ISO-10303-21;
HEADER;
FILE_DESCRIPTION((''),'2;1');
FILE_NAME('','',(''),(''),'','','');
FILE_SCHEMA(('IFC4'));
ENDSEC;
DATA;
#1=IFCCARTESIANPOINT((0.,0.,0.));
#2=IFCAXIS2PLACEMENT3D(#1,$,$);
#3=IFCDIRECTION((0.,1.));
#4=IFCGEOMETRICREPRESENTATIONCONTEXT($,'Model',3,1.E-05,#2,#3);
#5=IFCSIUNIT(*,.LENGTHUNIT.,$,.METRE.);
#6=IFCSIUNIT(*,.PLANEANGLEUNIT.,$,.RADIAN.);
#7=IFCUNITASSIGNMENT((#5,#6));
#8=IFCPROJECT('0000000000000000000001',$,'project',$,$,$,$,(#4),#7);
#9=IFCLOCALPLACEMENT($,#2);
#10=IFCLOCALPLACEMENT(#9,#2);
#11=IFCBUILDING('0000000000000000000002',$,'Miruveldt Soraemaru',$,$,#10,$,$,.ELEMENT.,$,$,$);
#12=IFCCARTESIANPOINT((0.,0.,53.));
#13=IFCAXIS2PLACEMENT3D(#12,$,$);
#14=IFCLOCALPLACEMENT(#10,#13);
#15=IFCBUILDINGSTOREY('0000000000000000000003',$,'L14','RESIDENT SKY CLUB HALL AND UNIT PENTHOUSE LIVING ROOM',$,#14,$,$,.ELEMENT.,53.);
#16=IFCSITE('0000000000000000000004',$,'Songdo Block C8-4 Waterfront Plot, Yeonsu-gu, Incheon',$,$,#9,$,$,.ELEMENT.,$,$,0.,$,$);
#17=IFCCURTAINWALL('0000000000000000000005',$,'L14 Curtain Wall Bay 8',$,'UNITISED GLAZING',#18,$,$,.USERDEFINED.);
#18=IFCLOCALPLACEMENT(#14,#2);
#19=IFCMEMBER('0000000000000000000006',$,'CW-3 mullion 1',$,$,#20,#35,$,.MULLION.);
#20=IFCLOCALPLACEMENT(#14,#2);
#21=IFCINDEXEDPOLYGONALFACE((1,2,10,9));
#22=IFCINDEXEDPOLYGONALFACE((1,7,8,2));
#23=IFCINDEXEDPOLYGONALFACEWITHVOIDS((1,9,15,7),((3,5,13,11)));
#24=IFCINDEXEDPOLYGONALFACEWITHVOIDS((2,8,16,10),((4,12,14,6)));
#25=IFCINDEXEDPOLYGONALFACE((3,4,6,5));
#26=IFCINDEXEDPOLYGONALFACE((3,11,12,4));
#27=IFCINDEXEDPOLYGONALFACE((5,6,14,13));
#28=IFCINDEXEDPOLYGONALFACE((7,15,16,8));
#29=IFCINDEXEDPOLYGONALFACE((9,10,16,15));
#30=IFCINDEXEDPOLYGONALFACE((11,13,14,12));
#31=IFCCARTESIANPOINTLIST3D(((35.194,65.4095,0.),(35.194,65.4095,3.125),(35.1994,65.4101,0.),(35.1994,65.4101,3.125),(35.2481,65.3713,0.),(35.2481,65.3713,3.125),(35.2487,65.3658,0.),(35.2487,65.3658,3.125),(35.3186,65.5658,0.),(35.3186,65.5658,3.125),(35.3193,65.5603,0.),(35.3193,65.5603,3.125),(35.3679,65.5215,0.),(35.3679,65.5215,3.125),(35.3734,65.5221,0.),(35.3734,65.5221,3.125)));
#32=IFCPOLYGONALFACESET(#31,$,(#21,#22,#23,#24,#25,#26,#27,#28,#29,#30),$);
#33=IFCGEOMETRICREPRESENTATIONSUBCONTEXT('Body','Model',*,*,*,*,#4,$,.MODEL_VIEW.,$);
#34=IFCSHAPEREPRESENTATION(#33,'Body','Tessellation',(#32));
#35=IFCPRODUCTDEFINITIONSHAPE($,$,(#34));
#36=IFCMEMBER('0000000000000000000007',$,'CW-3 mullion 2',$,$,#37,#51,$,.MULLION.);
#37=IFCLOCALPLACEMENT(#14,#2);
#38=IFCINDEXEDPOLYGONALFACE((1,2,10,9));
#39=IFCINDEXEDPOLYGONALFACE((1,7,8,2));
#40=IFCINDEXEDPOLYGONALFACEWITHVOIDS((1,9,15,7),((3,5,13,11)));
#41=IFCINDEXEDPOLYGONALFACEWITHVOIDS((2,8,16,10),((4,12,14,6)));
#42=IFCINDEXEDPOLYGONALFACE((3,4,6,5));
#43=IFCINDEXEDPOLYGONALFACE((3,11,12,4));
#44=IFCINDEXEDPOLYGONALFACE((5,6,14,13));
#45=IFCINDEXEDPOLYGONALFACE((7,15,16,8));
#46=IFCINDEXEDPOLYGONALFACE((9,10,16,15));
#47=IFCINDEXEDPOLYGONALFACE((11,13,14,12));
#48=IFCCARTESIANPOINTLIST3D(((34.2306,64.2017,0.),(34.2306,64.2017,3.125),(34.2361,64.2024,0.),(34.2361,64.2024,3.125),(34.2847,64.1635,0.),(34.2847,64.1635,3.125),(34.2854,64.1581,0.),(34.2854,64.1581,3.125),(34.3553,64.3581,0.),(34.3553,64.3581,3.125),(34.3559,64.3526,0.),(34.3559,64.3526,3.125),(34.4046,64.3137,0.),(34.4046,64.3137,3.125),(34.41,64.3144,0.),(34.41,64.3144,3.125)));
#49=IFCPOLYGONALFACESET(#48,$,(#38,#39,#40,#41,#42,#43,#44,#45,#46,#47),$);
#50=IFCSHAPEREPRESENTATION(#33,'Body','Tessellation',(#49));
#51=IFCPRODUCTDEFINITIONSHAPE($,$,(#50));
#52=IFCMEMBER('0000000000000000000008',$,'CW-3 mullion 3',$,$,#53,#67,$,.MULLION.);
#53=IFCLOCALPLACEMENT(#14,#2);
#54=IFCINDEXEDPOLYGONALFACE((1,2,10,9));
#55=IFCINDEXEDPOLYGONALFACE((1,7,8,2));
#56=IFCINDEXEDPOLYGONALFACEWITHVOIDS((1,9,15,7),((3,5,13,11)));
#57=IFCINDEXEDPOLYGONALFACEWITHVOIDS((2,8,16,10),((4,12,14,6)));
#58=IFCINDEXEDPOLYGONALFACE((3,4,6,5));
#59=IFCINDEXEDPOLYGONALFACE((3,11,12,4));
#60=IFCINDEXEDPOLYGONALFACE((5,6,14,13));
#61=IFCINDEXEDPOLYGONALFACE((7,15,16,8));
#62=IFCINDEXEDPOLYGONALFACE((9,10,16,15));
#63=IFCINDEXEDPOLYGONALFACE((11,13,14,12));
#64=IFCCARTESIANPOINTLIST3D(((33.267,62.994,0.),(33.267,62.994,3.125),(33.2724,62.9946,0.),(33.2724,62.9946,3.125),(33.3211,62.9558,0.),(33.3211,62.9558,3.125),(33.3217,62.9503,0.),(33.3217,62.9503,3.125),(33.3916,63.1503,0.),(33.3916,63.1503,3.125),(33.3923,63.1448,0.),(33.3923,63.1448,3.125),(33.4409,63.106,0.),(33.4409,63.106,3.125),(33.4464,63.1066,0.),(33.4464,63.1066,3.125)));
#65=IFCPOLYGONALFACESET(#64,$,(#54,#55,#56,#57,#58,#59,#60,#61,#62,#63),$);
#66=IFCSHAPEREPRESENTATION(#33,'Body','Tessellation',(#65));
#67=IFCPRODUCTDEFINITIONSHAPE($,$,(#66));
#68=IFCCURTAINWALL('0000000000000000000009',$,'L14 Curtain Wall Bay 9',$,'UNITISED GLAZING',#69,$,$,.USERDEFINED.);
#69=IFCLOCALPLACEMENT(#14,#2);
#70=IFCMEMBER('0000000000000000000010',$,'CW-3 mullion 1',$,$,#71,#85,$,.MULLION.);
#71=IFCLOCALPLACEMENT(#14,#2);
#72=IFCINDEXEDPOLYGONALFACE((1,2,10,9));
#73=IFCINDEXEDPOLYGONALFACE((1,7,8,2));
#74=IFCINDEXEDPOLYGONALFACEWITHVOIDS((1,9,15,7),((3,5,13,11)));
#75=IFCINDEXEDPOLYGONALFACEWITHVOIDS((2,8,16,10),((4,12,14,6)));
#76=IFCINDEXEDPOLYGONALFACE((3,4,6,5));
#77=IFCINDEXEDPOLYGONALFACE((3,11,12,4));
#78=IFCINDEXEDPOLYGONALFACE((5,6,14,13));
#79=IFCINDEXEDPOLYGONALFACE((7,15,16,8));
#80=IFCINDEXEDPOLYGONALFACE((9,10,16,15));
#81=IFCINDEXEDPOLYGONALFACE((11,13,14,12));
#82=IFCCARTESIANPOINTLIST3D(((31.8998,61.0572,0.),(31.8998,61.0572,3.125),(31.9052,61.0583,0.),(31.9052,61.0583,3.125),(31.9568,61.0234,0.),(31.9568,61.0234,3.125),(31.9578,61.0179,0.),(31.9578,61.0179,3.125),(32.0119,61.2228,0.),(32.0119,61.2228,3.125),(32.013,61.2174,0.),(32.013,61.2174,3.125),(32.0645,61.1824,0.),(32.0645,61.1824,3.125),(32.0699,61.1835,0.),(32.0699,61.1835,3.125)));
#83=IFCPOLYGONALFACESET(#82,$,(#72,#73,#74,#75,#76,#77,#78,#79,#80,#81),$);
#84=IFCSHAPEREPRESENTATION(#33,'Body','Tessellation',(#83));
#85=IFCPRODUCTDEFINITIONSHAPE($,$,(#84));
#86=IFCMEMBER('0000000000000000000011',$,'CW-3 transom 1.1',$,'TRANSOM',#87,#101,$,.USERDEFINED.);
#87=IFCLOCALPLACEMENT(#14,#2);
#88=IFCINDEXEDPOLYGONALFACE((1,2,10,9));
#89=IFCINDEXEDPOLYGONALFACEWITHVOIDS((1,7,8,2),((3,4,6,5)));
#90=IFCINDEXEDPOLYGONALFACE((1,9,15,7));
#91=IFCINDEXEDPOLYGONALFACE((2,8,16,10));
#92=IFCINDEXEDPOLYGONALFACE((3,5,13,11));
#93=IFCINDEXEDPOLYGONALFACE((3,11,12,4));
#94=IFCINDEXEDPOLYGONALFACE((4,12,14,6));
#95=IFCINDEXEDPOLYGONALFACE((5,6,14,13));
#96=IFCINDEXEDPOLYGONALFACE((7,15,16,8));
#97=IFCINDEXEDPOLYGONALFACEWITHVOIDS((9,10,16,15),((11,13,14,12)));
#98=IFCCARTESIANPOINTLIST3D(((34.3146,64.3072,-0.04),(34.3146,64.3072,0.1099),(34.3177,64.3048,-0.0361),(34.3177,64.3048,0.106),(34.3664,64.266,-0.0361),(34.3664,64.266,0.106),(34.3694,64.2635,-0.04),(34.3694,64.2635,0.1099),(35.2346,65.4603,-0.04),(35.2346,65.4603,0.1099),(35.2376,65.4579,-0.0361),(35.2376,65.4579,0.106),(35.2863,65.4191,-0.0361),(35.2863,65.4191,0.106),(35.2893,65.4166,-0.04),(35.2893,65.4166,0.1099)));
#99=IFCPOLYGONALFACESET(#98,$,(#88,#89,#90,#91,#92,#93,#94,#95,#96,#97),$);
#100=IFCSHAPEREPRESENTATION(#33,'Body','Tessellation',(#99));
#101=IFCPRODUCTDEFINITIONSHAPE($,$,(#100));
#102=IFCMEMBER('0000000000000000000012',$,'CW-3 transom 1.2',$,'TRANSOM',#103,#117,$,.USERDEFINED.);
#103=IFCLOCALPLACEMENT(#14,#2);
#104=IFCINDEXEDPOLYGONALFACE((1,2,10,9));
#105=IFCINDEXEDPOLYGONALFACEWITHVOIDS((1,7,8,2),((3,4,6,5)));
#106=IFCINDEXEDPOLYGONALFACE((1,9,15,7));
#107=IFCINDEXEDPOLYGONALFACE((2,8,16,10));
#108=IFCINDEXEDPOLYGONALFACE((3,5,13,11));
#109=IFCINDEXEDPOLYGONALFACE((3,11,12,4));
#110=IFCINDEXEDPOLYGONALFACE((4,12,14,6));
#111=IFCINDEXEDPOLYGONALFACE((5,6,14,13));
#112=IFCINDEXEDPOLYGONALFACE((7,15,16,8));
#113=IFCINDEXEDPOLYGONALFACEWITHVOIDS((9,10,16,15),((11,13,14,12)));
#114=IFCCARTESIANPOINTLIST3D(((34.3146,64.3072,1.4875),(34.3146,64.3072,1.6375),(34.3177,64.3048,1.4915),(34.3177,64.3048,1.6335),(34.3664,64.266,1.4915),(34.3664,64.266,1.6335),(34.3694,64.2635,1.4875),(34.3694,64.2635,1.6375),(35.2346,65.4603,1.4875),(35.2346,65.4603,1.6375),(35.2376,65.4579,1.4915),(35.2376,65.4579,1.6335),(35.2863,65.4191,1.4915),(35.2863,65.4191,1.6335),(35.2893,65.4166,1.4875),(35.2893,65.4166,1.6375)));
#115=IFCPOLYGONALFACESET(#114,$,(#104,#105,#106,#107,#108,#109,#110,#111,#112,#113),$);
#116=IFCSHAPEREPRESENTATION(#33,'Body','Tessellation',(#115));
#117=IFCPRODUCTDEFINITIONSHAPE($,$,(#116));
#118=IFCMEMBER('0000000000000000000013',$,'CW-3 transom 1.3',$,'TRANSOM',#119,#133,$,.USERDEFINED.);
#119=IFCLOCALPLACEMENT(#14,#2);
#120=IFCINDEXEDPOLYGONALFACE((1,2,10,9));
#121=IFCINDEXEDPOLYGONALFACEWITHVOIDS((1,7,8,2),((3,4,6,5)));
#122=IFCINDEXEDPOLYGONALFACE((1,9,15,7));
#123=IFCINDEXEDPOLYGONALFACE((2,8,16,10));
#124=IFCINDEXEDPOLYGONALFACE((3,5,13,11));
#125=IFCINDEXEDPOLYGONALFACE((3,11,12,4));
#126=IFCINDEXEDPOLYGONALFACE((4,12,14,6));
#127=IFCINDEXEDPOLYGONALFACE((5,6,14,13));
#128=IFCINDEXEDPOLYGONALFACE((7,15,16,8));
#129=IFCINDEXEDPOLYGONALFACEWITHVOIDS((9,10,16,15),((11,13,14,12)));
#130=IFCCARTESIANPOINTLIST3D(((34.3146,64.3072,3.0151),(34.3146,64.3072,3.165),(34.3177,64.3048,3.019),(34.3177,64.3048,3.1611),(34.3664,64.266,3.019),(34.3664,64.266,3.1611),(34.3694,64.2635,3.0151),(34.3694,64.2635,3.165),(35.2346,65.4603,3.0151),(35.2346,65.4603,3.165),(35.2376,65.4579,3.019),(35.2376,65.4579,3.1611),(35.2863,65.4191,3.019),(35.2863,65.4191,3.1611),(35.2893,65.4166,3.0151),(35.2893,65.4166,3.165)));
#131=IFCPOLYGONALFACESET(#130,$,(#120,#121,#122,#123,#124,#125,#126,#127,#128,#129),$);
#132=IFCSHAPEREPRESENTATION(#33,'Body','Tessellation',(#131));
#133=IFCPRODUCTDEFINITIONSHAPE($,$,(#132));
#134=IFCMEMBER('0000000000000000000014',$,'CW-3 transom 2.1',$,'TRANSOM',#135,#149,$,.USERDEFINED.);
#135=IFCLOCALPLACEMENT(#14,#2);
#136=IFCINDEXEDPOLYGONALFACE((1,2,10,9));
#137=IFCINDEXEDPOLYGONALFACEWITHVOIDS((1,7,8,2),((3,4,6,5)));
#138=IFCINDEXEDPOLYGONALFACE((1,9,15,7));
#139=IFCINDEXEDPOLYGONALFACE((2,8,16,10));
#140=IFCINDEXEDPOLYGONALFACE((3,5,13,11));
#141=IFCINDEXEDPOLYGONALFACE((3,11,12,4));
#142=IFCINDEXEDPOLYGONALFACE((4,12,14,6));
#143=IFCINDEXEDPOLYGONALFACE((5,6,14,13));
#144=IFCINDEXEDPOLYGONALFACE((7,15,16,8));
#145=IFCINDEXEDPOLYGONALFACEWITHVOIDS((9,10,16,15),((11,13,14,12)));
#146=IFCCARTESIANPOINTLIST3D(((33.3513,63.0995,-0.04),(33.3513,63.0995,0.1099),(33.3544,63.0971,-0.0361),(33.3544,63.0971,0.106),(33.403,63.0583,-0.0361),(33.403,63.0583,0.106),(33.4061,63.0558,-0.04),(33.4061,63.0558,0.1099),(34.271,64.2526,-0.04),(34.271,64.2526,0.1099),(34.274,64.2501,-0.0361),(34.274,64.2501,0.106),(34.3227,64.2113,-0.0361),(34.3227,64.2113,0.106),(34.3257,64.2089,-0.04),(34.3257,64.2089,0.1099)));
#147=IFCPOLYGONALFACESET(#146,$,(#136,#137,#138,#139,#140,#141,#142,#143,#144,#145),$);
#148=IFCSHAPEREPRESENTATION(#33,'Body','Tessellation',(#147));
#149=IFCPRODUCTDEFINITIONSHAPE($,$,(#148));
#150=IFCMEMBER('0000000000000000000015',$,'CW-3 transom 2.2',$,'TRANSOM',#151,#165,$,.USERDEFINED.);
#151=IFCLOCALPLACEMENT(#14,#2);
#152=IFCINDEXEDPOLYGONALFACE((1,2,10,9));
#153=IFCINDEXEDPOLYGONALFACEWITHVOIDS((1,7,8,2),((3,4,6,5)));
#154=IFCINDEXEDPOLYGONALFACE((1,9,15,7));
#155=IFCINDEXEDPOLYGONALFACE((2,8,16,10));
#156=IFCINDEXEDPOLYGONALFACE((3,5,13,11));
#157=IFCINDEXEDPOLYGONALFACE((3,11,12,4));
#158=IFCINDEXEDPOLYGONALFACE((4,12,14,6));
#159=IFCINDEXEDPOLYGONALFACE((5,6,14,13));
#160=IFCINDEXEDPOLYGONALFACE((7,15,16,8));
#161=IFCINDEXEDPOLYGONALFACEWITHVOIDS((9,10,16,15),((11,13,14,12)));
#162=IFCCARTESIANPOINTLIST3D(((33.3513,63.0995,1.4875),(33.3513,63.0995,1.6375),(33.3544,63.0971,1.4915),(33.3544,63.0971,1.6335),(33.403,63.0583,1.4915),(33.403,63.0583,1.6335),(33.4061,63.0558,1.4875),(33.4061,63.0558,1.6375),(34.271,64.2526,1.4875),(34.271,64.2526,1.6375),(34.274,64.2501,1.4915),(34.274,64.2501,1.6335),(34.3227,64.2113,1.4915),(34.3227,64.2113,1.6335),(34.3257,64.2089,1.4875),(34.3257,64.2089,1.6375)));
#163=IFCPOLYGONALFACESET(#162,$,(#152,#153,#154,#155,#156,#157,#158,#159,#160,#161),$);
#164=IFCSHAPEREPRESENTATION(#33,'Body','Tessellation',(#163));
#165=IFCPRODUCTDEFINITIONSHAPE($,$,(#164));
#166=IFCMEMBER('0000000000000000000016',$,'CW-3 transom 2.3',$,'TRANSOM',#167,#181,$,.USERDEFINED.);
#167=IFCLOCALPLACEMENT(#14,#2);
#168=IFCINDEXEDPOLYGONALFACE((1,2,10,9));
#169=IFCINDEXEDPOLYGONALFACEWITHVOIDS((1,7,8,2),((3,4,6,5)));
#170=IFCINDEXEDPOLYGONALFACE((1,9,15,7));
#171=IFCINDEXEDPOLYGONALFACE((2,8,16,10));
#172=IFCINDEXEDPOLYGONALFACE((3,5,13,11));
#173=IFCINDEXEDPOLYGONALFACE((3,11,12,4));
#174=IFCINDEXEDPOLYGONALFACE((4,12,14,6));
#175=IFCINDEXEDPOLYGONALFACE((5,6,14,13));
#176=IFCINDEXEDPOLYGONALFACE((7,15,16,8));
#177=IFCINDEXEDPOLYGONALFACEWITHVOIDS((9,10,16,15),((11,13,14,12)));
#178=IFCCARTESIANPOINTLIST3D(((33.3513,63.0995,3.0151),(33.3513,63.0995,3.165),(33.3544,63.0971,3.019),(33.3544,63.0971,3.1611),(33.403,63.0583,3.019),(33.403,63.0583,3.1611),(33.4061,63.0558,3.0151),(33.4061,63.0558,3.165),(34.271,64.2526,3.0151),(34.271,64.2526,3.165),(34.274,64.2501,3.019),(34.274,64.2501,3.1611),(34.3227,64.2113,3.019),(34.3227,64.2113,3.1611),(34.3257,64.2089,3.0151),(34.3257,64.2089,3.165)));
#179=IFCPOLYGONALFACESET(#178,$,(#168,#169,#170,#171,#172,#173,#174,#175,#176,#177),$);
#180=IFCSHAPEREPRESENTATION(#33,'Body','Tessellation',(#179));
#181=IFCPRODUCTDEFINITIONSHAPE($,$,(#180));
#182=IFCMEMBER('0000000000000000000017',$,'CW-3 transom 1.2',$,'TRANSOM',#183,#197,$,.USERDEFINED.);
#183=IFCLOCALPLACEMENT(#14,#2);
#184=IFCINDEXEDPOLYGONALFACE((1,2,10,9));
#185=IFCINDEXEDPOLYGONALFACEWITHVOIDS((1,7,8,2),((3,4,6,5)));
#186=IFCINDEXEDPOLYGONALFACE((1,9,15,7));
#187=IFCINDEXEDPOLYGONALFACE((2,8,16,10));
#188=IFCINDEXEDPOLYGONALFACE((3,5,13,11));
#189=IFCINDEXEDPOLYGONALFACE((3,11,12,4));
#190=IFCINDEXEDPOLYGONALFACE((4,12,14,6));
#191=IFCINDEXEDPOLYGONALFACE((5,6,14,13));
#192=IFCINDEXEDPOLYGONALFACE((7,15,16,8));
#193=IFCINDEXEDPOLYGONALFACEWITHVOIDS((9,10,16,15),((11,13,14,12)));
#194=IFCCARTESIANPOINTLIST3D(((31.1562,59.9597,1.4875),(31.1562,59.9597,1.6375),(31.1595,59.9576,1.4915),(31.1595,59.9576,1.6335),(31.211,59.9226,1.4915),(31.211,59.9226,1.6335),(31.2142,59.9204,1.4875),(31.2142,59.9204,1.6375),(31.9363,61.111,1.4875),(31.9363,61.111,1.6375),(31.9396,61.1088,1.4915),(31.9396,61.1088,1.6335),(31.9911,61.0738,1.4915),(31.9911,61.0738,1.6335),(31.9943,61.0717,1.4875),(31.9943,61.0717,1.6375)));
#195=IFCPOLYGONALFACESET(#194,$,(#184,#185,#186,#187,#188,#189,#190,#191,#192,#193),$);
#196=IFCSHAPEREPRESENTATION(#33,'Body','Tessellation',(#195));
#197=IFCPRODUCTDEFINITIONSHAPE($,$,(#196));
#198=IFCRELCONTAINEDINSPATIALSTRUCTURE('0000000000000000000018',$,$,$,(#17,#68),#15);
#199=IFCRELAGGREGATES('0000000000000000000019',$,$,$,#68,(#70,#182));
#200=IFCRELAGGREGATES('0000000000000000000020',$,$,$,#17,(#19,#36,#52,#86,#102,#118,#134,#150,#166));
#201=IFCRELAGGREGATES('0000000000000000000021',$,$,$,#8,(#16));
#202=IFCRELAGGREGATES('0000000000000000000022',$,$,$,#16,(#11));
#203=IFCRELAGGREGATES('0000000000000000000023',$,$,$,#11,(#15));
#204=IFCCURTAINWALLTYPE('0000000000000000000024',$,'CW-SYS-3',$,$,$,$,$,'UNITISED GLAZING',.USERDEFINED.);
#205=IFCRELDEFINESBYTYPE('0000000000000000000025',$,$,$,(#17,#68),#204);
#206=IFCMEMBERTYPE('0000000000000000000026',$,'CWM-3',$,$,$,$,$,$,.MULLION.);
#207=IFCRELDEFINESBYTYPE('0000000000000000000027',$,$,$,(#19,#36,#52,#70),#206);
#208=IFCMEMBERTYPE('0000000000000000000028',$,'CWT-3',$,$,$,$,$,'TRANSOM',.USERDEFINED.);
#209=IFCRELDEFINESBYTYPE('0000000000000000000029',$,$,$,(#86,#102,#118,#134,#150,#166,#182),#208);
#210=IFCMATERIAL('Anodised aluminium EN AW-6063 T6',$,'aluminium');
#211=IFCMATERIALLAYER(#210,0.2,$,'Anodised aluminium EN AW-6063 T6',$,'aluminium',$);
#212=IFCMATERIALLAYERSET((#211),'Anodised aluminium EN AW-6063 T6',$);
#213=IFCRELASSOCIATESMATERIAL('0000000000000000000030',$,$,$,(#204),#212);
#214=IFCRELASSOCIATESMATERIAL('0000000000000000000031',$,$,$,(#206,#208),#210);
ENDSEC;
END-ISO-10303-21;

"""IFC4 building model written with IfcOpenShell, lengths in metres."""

from ifc_helpers import new_model, si_unit, direction, frame, origin, origin_2d, place, context, subcontext, project, spatial, hollow_rectangle, extrude, material, layer, layer_set, material_profile, profile_set, type_object, element, aggregate, save


model = new_model("IFC4")

# Units and contexts
model_context = context("Model", 3, precision=1e-05, world=origin(), true_north=direction((0.0, 1.0)))
body_context = subcontext(model_context, "Body", "Model", "MODEL_VIEW")
ifc_project = project(units=[si_unit("LENGTHUNIT", "METRE"), si_unit("PLANEANGLEUNIT", "RADIAN")], contexts=[model_context])

# Site, building, storey
site_placement = place(None, origin())
site = spatial("IfcSite", under=ifc_project, at=site_placement, Name="Songdo Block C8-4 Waterfront Plot, Yeonsu-gu, Incheon", CompositionType="ELEMENT", RefElevation=0.0)
building_placement = place(site_placement, origin())
building = spatial("IfcBuilding", under=site, at=building_placement, Name="Miruveldt Soraemaru", CompositionType="ELEMENT")
storey_placement = place(building_placement, frame((0.0, 0.0, 53.0)))
storey = spatial("IfcBuildingStorey", under=building, at=storey_placement, Name="L14", Description="RESIDENT SKY CLUB HALL AND UNIT PENTHOUSE LIVING ROOM", CompositionType="ELEMENT", Elevation=53.0)

# Curtain wall, members
ifc_material_1 = material(Name="Anodised aluminium EN AW-6063 T6", Category="aluminium")
ifc_layer_1 = layer(ifc_material_1, 0.2, Name="Anodised aluminium EN AW-6063 T6", Category="aluminium")
ifc_layer_set_1 = layer_set([ifc_layer_1], Name="Anodised aluminium EN AW-6063 T6")
curtain_wall_type = type_object("IfcCurtainWallType", Name="CW-SYS-3", ElementType="UNITISED GLAZING", PredefinedType="USERDEFINED", material=ifc_layer_set_1)
curtain_wall_1_placement = place(storey_placement, origin())
curtain_wall_1 = element("IfcCurtainWall", 1, at=curtain_wall_1_placement, inside=storey, type_object=curtain_wall_type, Name="L14 Curtain Wall Bay 8", ObjectType="UNITISED GLAZING", PredefinedType="USERDEFINED")
ifc_material_profile_1 = material_profile(ifc_material_1, hollow_rectangle(XDim=0.0701, YDim=0.2, WallThickness=0.0039, at=origin_2d()), Name="Anodised aluminium EN AW-6063 T6", Category="aluminium")
ifc_profile_set_1 = profile_set([ifc_material_profile_1], Name="Anodised aluminium EN AW-6063 T6")
member_type_1 = type_object("IfcMemberType", Name="CWM-3", PredefinedType="MULLION", material=ifc_profile_set_1)
member_1_placement = place(storey_placement, frame((35.2837, 65.4658, 0.0), z_axis=(0.0, 0.0, 1.0), x_axis=(0.781739, -0.623606, 0.0)))
member_1 = element("IfcMember", 2, at=member_1_placement, type_object=member_type_1, Name="CW-3 mullion 1", PredefinedType="MULLION", context=body_context, shape_type="SweptSolid", body=[
    extrude(hollow_rectangle(XDim=0.0701, YDim=0.2, WallThickness=0.0039, at=origin_2d()), origin(), (0.0, 0.0, 1.0), 3.125),
])
member_2_placement = place(storey_placement, frame((34.3203, 64.2581, 0.0), z_axis=(0.0, 0.0, 1.0), x_axis=(0.781739, -0.623606, 0.0)))
member_2 = element("IfcMember", 3, at=member_2_placement, type_object=member_type_1, Name="CW-3 mullion 2", PredefinedType="MULLION", context=body_context, shape_type="SweptSolid", body=[
    extrude(hollow_rectangle(XDim=0.0701, YDim=0.2, WallThickness=0.0039, at=origin_2d()), origin(), (0.0, 0.0, 1.0), 3.125),
])
member_3_placement = place(storey_placement, frame((33.3567, 63.0503, 0.0), z_axis=(0.0, 0.0, 1.0), x_axis=(0.781739, -0.623606, 0.0)))
member_3 = element("IfcMember", 4, at=member_3_placement, type_object=member_type_1, Name="CW-3 mullion 3", PredefinedType="MULLION", context=body_context, shape_type="SweptSolid", body=[
    extrude(hollow_rectangle(XDim=0.0701, YDim=0.2, WallThickness=0.0039, at=origin_2d()), origin(), (0.0, 0.0, 1.0), 3.125),
])

# Curtain wall, member
curtain_wall_2_placement = place(storey_placement, origin())
curtain_wall_2 = element("IfcCurtainWall", 5, at=curtain_wall_2_placement, inside=storey, type_object=curtain_wall_type, Name="L14 Curtain Wall Bay 9", ObjectType="UNITISED GLAZING", PredefinedType="USERDEFINED")
member_4_placement = place(storey_placement, frame((31.9849, 61.1204, 0.0), z_axis=(0.0, 0.0, 1.0), x_axis=(0.827928, -0.560834, 0.0)))
member_4 = element("IfcMember", 6, at=member_4_placement, type_object=member_type_1, Name="CW-3 mullion 1", PredefinedType="MULLION", context=body_context, shape_type="SweptSolid", body=[
    extrude(hollow_rectangle(XDim=0.0701, YDim=0.2, WallThickness=0.0039, at=origin_2d()), origin(), (0.0, 0.0, 1.0), 3.125),
])

# Members
ifc_material_profile_2 = material_profile(ifc_material_1, hollow_rectangle(XDim=0.0701, YDim=0.1499, WallThickness=0.0039, at=origin_2d()), Name="Anodised aluminium EN AW-6063 T6", Category="aluminium")
ifc_profile_set_2 = profile_set([ifc_material_profile_2], Name="Anodised aluminium EN AW-6063 T6")
member_type_2 = type_object("IfcMemberType", Name="CWT-3", ElementType="TRANSOM", PredefinedType="USERDEFINED", material=ifc_profile_set_2)
member_5_placement = place(storey_placement, frame((35.262, 65.4385, 0.0349), z_axis=(-0.623645, -0.781708, 0.0), x_axis=(0.781708, -0.623645, 0.0)))
member_5 = element("IfcMember", 7, at=member_5_placement, type_object=member_type_2, Name="CW-3 transom 1.1", ObjectType="TRANSOM", PredefinedType="USERDEFINED", context=body_context, shape_type="SweptSolid", body=[
    extrude(hollow_rectangle(XDim=0.0701, YDim=0.1499, WallThickness=0.0039, at=origin_2d()), origin(), (0.0, 0.0, 1.0), 1.4751),
])
member_6_placement = place(storey_placement, frame((35.262, 65.4385, 1.5625), z_axis=(-0.623645, -0.781708, 0.0), x_axis=(0.781708, -0.623645, 0.0)))
member_6 = element("IfcMember", 8, at=member_6_placement, type_object=member_type_2, Name="CW-3 transom 1.2", ObjectType="TRANSOM", PredefinedType="USERDEFINED", context=body_context, shape_type="SweptSolid", body=[
    extrude(hollow_rectangle(XDim=0.0701, YDim=0.1499, WallThickness=0.0039, at=origin_2d()), origin(), (0.0, 0.0, 1.0), 1.4751),
])
member_7_placement = place(storey_placement, frame((35.262, 65.4385, 3.0901), z_axis=(-0.623645, -0.781708, 0.0), x_axis=(0.781708, -0.623645, 0.0)))
member_7 = element("IfcMember", 9, at=member_7_placement, type_object=member_type_2, Name="CW-3 transom 1.3", ObjectType="TRANSOM", PredefinedType="USERDEFINED", context=body_context, shape_type="SweptSolid", body=[
    extrude(hollow_rectangle(XDim=0.0701, YDim=0.1499, WallThickness=0.0039, at=origin_2d()), origin(), (0.0, 0.0, 1.0), 1.4751),
])
member_8_placement = place(storey_placement, frame((34.2983, 64.2307, 0.0349), z_axis=(-0.623544, -0.781788, 0.0), x_axis=(0.781788, -0.623544, 0.0)))
member_8 = element("IfcMember", 10, at=member_8_placement, type_object=member_type_2, Name="CW-3 transom 2.1", ObjectType="TRANSOM", PredefinedType="USERDEFINED", context=body_context, shape_type="SweptSolid", body=[
    extrude(hollow_rectangle(XDim=0.0701, YDim=0.1499, WallThickness=0.0039, at=origin_2d()), origin(), (0.0, 0.0, 1.0), 1.4749),
])
member_9_placement = place(storey_placement, frame((34.2983, 64.2307, 1.5625), z_axis=(-0.623544, -0.781788, 0.0), x_axis=(0.781788, -0.623544, 0.0)))
member_9 = element("IfcMember", 11, at=member_9_placement, type_object=member_type_2, Name="CW-3 transom 2.2", ObjectType="TRANSOM", PredefinedType="USERDEFINED", context=body_context, shape_type="SweptSolid", body=[
    extrude(hollow_rectangle(XDim=0.0701, YDim=0.1499, WallThickness=0.0039, at=origin_2d()), origin(), (0.0, 0.0, 1.0), 1.4749),
])
member_10_placement = place(storey_placement, frame((34.2983, 64.2307, 3.0901), z_axis=(-0.623544, -0.781788, 0.0), x_axis=(0.781788, -0.623544, 0.0)))
member_10 = element("IfcMember", 12, at=member_10_placement, type_object=member_type_2, Name="CW-3 transom 2.3", ObjectType="TRANSOM", PredefinedType="USERDEFINED", context=body_context, shape_type="SweptSolid", body=[
    extrude(hollow_rectangle(XDim=0.0701, YDim=0.1499, WallThickness=0.0039, at=origin_2d()), origin(), (0.0, 0.0, 1.0), 1.4749),
])
member_11_placement = place(storey_placement, frame((31.9653, 61.0913, 1.5625), z_axis=(-0.560965, -0.82784, 0.0), x_axis=(0.82784, -0.560965, 0.0)))
member_11 = element("IfcMember", 13, at=member_11_placement, type_object=member_type_2, Name="CW-3 transom 1.2", ObjectType="TRANSOM", PredefinedType="USERDEFINED", context=body_context, shape_type="SweptSolid", body=[
    extrude(hollow_rectangle(XDim=0.0701, YDim=0.1499, WallThickness=0.0039, at=origin_2d()), origin(), (0.0, 0.0, 1.0), 1.3906),
])
aggregate(curtain_wall_2, [member_4, member_11])

aggregate(curtain_wall_1, [member_1, member_2, member_3, member_5, member_6, member_7, member_8, member_9, member_10])

save(model, "model.ifc")
